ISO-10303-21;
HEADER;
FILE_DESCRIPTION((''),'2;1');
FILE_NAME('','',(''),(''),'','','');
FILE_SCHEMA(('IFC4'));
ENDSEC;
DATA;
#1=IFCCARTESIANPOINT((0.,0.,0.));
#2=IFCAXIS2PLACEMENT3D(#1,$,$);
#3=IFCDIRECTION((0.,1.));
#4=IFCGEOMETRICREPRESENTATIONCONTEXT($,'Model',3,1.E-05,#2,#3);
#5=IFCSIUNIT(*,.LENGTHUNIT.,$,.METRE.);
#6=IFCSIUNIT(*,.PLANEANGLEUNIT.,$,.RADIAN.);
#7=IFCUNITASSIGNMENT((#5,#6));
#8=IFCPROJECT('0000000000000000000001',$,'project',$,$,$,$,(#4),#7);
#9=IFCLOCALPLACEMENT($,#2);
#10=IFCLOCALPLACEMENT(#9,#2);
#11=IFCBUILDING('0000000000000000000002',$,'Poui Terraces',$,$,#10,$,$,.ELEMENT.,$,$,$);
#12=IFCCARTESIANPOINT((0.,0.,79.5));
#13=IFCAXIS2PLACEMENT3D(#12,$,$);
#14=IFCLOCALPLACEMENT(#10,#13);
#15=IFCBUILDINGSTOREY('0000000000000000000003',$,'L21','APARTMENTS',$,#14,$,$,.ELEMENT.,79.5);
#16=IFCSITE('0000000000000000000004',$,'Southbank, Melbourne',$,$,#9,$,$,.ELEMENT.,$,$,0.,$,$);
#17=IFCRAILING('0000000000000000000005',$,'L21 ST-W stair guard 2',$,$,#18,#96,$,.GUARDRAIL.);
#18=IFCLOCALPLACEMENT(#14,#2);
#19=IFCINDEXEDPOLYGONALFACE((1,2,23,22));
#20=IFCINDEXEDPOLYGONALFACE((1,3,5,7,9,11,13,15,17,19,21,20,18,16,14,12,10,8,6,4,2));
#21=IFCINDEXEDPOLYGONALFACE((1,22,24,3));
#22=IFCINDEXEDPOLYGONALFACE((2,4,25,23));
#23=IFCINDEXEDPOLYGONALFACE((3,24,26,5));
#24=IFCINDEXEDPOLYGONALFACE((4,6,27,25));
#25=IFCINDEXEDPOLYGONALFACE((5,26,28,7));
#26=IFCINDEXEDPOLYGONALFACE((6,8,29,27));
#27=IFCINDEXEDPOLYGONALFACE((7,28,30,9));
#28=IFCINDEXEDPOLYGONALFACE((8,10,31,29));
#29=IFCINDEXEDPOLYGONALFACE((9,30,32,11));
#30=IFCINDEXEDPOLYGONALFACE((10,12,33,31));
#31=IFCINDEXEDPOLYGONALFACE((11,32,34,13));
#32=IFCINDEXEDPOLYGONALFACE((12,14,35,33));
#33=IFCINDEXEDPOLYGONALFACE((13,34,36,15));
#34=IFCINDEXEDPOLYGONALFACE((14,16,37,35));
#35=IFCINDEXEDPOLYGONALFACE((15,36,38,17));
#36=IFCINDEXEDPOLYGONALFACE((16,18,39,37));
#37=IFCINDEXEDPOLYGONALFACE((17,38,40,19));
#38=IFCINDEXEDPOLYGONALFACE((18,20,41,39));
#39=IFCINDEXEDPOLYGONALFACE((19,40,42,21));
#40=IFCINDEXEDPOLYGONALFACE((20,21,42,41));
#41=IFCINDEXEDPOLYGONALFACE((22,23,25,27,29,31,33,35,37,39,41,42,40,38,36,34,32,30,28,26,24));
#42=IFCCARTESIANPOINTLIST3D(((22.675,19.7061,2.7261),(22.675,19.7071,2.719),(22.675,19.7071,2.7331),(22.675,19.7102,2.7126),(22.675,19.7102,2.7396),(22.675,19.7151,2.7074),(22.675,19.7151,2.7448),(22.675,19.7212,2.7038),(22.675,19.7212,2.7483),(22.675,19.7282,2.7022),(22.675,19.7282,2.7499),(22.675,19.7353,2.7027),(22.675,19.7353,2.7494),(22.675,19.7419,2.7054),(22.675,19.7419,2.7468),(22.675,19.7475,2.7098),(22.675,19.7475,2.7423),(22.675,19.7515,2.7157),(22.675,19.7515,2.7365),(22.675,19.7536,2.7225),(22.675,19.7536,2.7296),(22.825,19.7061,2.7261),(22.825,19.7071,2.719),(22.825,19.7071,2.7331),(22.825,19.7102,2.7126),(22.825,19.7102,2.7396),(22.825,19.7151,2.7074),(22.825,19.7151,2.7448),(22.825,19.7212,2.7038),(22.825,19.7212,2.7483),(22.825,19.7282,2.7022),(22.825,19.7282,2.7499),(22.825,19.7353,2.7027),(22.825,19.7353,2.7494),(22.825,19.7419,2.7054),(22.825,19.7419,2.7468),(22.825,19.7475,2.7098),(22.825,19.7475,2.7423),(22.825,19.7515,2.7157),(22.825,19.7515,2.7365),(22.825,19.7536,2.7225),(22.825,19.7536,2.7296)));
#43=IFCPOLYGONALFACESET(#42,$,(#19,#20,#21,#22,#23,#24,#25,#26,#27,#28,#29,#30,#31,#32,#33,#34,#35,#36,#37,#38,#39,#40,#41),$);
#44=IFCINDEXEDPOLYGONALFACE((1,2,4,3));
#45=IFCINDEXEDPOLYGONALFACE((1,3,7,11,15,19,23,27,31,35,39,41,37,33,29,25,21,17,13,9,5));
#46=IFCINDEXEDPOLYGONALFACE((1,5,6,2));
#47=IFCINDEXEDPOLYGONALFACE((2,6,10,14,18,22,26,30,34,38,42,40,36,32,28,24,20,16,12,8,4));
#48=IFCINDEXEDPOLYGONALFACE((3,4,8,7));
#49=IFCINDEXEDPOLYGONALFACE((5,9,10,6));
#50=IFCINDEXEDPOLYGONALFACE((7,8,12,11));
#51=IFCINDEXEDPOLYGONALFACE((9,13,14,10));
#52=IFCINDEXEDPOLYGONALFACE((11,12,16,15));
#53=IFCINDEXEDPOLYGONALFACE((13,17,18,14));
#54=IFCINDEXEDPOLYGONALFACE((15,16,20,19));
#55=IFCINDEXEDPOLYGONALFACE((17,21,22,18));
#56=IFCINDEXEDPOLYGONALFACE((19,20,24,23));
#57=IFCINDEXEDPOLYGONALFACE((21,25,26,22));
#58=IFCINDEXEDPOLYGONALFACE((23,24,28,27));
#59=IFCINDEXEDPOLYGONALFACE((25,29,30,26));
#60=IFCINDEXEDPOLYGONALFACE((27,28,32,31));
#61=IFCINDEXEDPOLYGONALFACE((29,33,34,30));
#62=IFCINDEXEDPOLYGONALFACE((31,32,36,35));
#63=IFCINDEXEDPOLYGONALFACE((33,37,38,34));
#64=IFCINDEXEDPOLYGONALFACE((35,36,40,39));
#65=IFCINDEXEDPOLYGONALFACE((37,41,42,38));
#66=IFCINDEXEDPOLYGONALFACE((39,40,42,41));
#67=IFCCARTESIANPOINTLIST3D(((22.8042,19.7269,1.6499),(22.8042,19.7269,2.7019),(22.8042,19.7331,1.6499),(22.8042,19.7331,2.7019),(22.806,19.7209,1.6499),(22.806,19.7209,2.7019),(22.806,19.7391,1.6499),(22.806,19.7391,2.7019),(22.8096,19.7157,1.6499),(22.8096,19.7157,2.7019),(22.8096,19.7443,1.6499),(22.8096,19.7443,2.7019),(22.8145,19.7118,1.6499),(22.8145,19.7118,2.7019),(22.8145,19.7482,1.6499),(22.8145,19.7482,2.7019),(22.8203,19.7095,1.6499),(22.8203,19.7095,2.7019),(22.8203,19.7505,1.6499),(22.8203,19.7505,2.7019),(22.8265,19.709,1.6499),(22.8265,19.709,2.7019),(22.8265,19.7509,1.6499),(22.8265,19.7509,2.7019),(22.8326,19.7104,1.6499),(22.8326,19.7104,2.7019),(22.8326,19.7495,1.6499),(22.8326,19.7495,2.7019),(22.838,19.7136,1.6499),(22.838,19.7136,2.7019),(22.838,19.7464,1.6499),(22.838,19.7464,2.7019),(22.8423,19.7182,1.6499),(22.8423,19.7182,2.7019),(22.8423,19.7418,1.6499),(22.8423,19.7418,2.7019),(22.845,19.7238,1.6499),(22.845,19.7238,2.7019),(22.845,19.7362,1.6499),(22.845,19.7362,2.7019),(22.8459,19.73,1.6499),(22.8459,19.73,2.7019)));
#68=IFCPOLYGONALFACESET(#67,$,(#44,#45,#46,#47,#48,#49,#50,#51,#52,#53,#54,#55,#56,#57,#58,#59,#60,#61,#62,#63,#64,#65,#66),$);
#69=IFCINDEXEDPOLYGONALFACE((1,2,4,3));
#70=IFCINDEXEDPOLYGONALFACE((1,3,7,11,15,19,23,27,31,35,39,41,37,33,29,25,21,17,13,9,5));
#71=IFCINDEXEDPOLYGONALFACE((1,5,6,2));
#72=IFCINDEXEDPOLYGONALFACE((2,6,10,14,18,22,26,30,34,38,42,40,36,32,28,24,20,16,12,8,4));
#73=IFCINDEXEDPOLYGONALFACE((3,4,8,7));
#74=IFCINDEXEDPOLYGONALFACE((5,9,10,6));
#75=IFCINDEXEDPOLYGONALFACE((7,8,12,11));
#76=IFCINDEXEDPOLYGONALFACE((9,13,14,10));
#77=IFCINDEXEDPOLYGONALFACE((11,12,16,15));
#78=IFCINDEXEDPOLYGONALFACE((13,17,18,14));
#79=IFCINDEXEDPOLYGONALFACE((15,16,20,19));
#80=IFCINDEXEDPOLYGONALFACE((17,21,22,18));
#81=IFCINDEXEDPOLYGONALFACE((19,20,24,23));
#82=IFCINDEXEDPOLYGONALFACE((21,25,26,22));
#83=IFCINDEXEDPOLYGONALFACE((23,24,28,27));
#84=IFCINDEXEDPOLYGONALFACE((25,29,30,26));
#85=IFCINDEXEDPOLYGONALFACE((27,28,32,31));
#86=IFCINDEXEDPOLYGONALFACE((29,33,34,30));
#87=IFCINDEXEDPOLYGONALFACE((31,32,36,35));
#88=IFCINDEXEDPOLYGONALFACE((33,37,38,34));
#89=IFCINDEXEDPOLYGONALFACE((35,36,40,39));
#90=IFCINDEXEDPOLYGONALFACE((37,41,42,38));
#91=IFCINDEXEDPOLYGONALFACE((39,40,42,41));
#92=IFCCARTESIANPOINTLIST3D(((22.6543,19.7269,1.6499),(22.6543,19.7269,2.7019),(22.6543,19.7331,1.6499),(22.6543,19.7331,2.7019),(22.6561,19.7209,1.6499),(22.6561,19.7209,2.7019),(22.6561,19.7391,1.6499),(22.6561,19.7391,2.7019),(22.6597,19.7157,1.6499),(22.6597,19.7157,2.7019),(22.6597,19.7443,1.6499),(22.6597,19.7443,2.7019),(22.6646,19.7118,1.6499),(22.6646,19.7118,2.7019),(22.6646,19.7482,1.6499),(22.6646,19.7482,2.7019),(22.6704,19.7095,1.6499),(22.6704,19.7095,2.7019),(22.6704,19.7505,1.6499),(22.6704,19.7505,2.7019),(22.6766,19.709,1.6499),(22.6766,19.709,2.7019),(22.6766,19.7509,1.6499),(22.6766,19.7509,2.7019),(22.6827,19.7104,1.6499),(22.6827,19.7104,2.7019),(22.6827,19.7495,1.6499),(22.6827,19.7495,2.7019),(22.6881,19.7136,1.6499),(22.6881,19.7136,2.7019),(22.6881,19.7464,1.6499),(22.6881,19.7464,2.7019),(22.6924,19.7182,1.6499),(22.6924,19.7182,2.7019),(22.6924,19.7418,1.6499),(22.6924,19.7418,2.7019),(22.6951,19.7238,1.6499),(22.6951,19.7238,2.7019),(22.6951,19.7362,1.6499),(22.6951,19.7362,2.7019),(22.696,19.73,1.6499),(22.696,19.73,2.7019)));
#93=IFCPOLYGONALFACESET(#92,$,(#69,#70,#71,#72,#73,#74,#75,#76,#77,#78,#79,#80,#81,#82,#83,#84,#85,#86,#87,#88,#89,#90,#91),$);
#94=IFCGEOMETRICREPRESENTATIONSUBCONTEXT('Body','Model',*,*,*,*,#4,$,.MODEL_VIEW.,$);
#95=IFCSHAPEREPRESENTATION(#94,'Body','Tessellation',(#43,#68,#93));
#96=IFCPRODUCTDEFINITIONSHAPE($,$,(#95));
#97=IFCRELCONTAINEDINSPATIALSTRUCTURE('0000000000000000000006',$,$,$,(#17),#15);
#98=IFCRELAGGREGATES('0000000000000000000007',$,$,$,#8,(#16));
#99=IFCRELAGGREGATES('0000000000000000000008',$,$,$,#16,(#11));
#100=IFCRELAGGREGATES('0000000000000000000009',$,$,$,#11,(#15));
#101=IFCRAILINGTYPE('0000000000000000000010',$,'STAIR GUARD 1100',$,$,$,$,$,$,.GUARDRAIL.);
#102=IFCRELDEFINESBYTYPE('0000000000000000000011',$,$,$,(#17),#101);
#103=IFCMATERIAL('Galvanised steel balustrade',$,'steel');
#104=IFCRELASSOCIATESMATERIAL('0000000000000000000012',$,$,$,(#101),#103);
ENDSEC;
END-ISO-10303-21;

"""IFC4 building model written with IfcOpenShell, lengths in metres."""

from ifc_helpers import new_model, si_unit, direction, frame, origin, origin_2d, place, context, subcontext, project, spatial, circle, extrude, material, type_object, element, save


model = new_model("IFC4")

# Units and contexts
model_context = context("Model", 3, precision=1e-05, world=origin(), true_north=direction((0.0, 1.0)))
body_context = subcontext(model_context, "Body", "Model", "MODEL_VIEW")
ifc_project = project(units=[si_unit("LENGTHUNIT", "METRE"), si_unit("PLANEANGLEUNIT", "RADIAN")], contexts=[model_context])

# Site, building, storey
site_placement = place(None, origin())
site = spatial("IfcSite", under=ifc_project, at=site_placement, Name="Southbank, Melbourne", CompositionType="ELEMENT", RefElevation=0.0)
building_placement = place(site_placement, origin())
building = spatial("IfcBuilding", under=site, at=building_placement, Name="Poui Terraces", CompositionType="ELEMENT")
storey_placement = place(building_placement, frame((0.0, 0.0, 79.5)))
storey = spatial("IfcBuildingStorey", under=building, at=storey_placement, Name="L21", Description="APARTMENTS", CompositionType="ELEMENT", Elevation=79.5)

# Railing
ifc_material_1 = material(Name="Galvanised steel balustrade", Category="steel")
railing_type_1 = type_object("IfcRailingType", Name="STAIR GUARD 1100", PredefinedType="GUARDRAIL", material=ifc_material_1)
railing_1_placement = place(storey_placement, frame((22.825, 19.73, 1.6499)))
element("IfcRailing", 1, at=railing_1_placement, inside=storey, type_object=railing_type_1, Name="L21 ST-W stair guard 2", PredefinedType="GUARDRAIL", context=body_context, shape_type="SweptSolid", body=[
    extrude(circle(Radius=0.0239, at=origin_2d()), frame((0.0, 0.0, 1.0762), z_axis=(-1.0, 0.0, 0.0), x_axis=(0.0, -1.0, 0.0)), (0.0, 0.0, 1.0), 0.1499),
    extrude(circle(Radius=0.021, at=origin_2d()), origin(), (0.0, 0.0, 1.0), 1.052),
    extrude(circle(Radius=0.021, at=origin_2d()), frame((-0.1499, 0.0, 0.0)), (0.0, 0.0, 1.0), 1.052),
])

save(model, "model.ifc")
